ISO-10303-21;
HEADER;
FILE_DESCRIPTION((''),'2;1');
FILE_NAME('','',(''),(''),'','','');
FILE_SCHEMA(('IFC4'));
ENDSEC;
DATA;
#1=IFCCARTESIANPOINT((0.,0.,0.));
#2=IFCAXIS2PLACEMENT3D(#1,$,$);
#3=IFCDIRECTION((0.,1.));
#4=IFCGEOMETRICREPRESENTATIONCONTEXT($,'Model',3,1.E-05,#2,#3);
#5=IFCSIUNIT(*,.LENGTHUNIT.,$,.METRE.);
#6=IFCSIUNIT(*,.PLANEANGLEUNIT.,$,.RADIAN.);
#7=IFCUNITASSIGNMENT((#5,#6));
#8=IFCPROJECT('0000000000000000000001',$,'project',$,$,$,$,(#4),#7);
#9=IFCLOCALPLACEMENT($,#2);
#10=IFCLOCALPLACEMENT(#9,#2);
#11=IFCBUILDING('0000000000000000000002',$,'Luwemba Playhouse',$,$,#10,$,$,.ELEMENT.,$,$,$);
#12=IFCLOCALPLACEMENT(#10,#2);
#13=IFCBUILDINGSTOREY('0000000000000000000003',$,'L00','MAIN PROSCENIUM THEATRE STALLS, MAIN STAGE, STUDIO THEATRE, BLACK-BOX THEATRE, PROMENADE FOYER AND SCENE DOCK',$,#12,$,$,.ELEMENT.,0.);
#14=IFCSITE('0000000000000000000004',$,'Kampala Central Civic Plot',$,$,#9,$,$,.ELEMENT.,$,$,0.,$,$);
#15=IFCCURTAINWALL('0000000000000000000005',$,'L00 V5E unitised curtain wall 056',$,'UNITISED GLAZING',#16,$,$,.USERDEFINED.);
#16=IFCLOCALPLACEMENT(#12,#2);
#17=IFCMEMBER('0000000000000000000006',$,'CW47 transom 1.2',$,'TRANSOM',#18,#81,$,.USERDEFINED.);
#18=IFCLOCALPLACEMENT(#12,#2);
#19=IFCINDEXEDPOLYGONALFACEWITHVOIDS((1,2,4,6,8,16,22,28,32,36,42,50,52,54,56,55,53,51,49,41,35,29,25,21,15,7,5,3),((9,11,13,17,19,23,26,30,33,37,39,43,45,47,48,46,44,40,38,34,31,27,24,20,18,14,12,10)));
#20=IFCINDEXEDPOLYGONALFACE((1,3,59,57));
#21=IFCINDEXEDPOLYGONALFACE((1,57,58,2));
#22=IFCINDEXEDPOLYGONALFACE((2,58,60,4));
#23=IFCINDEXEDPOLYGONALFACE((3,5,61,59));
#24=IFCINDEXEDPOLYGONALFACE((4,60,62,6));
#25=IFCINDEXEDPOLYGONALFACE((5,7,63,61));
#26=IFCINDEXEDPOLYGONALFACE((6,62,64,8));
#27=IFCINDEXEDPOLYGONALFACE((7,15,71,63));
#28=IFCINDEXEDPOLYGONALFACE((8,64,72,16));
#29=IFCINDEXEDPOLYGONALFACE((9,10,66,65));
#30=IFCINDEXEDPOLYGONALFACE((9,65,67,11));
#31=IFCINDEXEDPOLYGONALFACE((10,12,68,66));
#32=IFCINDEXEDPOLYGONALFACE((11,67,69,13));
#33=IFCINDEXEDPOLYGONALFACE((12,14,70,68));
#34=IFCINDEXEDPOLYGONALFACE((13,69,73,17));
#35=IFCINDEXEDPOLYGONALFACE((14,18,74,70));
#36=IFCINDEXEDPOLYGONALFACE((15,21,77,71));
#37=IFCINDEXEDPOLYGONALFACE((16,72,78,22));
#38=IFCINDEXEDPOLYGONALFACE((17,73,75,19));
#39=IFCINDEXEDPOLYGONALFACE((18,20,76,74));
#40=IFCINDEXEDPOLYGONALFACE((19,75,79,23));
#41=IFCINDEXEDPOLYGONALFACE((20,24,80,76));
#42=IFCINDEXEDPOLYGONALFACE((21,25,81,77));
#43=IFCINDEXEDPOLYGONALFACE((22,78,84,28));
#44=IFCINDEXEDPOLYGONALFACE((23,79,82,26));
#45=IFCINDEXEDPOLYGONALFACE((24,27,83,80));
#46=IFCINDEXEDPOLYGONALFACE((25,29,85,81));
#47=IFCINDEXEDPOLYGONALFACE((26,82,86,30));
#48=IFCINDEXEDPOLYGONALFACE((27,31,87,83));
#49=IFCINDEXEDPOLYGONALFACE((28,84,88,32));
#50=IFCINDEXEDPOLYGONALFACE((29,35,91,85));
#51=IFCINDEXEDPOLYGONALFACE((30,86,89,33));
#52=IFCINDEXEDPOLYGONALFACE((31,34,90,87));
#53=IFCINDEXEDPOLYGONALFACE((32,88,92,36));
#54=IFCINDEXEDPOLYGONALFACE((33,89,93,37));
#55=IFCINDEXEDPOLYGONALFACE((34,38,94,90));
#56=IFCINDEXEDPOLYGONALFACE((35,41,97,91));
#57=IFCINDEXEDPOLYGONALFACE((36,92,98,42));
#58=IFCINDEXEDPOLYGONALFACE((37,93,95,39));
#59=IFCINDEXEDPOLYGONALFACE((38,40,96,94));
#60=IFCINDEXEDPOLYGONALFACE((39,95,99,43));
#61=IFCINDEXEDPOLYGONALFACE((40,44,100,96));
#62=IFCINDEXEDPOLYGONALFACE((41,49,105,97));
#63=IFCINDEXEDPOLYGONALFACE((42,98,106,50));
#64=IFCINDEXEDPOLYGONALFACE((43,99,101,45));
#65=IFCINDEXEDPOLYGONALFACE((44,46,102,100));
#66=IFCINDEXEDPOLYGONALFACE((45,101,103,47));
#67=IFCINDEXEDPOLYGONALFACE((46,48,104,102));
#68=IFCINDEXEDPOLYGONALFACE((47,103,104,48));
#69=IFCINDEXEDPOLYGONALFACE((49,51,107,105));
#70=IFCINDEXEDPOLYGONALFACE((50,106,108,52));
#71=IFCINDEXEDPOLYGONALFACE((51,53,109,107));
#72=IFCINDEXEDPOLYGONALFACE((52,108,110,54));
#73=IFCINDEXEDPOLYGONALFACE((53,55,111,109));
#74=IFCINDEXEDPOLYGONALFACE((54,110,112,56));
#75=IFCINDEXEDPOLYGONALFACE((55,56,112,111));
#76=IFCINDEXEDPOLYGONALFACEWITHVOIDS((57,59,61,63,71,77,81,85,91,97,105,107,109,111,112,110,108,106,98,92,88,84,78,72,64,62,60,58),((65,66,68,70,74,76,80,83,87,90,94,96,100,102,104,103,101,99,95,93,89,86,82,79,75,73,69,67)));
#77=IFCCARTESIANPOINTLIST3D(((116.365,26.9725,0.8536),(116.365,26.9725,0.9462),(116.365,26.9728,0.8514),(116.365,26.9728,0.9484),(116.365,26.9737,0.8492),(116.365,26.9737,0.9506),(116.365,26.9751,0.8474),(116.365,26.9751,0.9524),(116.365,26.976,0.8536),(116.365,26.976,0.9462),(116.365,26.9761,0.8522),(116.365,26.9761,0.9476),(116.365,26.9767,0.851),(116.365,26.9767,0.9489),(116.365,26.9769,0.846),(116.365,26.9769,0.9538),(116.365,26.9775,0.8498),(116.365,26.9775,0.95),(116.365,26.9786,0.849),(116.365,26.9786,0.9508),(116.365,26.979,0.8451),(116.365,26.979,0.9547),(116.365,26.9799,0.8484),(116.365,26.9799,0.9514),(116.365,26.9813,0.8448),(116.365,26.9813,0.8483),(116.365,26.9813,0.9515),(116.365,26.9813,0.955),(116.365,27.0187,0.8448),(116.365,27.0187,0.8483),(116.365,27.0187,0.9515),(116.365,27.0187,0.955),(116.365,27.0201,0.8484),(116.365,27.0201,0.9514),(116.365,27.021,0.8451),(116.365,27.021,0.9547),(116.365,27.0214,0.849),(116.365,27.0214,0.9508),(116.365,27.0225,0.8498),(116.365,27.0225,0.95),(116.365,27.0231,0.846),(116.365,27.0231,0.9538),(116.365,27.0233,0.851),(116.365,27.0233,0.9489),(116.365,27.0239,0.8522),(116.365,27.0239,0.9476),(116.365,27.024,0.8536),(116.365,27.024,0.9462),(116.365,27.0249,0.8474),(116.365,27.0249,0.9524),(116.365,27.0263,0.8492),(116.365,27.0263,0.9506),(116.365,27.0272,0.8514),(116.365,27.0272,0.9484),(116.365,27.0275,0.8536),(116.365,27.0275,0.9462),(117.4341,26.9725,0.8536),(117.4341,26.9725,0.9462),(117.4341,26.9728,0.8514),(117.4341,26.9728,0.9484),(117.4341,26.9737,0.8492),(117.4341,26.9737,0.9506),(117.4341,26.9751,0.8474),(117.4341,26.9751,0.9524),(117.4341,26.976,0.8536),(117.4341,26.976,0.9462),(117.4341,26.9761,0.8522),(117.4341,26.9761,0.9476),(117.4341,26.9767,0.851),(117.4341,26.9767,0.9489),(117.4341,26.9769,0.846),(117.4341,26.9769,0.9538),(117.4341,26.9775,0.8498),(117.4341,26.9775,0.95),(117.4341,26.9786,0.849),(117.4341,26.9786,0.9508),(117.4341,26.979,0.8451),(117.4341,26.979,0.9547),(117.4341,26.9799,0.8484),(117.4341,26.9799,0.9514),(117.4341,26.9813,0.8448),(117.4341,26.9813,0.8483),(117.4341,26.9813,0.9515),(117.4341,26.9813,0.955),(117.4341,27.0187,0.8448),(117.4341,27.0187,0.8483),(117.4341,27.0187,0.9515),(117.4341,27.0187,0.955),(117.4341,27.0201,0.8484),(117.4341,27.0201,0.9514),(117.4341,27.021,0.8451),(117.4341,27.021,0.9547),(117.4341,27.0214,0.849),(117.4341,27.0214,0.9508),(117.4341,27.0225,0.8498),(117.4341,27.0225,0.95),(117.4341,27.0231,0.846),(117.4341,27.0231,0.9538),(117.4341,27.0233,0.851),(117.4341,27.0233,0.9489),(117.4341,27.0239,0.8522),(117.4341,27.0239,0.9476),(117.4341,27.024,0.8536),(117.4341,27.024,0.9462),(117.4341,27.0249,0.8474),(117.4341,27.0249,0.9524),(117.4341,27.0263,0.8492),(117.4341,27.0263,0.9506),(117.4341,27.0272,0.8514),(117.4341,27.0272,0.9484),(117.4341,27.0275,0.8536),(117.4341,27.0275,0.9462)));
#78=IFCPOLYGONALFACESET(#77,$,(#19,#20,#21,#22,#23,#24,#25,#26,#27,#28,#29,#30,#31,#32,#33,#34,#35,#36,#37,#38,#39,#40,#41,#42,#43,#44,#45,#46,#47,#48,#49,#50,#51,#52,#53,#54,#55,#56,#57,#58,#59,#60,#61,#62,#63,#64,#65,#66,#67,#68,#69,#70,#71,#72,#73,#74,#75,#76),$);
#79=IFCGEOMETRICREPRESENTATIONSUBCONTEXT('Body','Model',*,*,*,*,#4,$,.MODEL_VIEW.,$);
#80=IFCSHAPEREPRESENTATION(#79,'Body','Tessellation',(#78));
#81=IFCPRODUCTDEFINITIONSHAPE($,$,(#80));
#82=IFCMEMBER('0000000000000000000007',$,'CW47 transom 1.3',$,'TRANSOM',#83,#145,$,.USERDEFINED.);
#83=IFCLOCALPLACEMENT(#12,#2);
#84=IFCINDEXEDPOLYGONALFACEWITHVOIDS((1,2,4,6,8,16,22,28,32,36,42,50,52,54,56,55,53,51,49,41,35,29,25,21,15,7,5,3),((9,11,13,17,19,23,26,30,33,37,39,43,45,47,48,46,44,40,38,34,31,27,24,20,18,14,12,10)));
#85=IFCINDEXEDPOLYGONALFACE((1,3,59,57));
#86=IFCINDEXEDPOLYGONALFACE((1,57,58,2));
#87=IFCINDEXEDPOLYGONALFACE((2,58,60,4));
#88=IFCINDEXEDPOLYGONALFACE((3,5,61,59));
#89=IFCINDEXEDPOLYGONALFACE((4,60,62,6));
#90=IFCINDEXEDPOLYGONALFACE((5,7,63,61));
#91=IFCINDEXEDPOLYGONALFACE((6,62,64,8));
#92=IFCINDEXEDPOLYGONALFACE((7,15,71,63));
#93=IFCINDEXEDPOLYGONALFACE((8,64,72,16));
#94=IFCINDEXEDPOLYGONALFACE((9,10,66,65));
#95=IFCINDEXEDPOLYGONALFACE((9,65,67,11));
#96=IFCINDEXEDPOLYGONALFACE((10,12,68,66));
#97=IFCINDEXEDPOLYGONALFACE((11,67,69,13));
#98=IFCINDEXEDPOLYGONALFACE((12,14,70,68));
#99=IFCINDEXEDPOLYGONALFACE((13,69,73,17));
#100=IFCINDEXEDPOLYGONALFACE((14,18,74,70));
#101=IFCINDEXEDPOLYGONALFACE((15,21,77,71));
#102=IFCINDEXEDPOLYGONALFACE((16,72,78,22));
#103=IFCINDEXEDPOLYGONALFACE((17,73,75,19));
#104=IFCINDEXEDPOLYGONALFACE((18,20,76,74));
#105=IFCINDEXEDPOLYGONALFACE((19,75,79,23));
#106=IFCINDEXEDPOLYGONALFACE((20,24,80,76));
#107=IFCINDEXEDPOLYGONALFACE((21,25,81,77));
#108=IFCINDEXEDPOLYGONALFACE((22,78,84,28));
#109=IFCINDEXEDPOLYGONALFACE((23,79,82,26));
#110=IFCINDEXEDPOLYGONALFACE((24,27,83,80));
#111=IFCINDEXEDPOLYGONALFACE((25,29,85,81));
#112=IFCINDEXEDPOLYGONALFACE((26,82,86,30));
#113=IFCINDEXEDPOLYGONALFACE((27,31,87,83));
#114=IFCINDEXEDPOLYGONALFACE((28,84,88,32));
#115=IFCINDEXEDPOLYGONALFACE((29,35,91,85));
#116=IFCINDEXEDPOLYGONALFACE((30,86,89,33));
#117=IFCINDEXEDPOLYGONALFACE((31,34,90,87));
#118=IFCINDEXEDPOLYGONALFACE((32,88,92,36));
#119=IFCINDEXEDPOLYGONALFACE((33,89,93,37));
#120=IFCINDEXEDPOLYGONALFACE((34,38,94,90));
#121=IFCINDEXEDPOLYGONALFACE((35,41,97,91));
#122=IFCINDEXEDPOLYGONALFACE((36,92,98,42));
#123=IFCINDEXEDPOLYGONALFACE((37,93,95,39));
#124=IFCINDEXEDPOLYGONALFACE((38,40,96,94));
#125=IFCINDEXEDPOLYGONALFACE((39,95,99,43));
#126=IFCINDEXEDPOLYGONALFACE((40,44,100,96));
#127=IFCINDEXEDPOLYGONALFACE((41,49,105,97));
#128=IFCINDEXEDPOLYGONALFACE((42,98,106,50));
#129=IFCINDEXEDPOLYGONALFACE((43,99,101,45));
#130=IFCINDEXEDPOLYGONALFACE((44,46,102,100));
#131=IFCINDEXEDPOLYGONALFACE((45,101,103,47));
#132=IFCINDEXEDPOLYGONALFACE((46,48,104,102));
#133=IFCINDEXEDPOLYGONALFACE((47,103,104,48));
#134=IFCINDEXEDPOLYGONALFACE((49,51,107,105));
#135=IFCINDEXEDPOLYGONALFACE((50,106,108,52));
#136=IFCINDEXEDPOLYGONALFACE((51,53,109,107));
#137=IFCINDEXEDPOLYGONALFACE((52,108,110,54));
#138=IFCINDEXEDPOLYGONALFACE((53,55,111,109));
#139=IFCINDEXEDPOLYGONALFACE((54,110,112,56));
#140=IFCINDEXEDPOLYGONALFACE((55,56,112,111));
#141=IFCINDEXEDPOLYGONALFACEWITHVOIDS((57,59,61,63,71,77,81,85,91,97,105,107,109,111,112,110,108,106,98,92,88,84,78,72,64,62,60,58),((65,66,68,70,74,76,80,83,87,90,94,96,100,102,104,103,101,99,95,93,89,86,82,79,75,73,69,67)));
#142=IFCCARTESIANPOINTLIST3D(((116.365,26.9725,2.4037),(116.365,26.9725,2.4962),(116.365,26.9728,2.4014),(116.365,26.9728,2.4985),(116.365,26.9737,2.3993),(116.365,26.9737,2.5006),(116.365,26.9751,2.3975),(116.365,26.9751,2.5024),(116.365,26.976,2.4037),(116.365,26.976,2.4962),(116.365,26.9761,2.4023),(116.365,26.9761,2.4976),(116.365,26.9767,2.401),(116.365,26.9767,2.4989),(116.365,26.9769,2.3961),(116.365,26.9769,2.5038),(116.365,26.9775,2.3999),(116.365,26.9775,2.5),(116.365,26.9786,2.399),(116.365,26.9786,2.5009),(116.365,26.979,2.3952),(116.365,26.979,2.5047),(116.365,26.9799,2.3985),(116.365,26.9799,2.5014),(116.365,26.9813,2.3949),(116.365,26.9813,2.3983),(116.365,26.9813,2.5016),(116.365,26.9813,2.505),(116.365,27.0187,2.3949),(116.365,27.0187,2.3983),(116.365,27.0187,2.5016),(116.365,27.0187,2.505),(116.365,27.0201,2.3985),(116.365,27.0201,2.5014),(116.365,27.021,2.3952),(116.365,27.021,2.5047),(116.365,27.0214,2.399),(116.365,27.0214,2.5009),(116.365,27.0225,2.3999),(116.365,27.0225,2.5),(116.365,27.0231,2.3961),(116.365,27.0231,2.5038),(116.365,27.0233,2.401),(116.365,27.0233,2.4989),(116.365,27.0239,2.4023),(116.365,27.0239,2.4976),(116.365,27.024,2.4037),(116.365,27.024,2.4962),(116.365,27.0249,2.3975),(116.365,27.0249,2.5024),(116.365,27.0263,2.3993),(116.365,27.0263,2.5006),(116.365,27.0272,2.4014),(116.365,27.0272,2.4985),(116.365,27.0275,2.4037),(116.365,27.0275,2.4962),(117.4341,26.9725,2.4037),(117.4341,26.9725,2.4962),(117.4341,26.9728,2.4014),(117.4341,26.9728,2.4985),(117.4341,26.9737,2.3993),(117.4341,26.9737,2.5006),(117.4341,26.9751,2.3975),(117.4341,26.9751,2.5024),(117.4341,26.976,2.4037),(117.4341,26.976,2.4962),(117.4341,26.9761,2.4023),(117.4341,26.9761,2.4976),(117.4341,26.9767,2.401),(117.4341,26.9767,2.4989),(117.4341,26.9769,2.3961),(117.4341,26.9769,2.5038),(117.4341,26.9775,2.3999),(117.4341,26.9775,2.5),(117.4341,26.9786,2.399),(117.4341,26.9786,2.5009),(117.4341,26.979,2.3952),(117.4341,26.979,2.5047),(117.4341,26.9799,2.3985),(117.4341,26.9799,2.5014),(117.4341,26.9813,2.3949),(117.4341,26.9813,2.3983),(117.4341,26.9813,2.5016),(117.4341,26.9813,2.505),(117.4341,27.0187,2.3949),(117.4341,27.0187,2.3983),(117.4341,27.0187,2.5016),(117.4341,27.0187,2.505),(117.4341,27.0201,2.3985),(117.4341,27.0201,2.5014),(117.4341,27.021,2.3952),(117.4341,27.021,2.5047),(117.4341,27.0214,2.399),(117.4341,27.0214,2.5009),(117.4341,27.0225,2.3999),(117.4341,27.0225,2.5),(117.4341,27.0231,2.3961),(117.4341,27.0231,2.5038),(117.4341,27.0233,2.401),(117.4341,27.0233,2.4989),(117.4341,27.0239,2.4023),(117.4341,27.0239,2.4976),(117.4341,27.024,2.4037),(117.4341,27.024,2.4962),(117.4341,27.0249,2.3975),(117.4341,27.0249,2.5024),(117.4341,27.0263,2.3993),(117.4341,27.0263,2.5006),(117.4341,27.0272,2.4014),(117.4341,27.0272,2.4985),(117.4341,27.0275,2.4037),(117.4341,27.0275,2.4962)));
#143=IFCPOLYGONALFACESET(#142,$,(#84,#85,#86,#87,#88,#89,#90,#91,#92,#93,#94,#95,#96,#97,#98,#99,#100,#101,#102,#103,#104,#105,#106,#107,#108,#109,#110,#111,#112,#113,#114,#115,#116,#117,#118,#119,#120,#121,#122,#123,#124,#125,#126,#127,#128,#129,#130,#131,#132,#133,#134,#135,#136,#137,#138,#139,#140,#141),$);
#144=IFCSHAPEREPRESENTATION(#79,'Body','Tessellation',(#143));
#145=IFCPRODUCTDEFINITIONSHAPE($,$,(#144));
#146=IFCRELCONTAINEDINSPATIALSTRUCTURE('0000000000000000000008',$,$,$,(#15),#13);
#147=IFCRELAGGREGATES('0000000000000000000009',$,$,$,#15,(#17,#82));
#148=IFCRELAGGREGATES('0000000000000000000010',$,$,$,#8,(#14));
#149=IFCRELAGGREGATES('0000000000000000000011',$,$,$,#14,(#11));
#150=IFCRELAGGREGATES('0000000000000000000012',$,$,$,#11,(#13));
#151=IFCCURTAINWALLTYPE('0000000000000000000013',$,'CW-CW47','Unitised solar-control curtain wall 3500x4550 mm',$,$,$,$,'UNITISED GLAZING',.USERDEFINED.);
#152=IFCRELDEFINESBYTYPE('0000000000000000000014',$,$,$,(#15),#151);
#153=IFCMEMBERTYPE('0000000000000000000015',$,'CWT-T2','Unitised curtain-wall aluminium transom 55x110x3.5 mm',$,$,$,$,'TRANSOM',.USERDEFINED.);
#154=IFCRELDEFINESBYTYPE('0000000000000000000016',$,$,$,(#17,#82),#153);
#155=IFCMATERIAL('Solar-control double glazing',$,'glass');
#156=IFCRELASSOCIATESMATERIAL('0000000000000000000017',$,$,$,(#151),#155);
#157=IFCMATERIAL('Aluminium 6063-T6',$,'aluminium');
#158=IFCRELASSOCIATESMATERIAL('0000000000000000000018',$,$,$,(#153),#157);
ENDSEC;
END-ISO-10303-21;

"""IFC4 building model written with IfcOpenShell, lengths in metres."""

from ifc_helpers import new_model, si_unit, direction, frame, origin, origin_2d, place, context, subcontext, project, spatial, hollow_rectangle, extrude, material, material_profile, profile_set, type_object, element, aggregate, save


model = new_model("IFC4")

# Units and contexts
model_context = context("Model", 3, precision=1e-05, world=origin(), true_north=direction((0.0, 1.0)))
body_context = subcontext(model_context, "Body", "Model", "MODEL_VIEW")
ifc_project = project(units=[si_unit("LENGTHUNIT", "METRE"), si_unit("PLANEANGLEUNIT", "RADIAN")], contexts=[model_context])

# Site, building, storey
site_placement = place(None, origin())
site = spatial("IfcSite", under=ifc_project, at=site_placement, Name="Kampala Central Civic Plot", CompositionType="ELEMENT", RefElevation=0.0)
building_placement = place(site_placement, origin())
building = spatial("IfcBuilding", under=site, at=building_placement, Name="Luwemba Playhouse", CompositionType="ELEMENT")
storey_placement = place(building_placement, origin())
storey = spatial("IfcBuildingStorey", under=building, at=storey_placement, Name="L00", Description="MAIN PROSCENIUM THEATRE STALLS, MAIN STAGE, STUDIO THEATRE, BLACK-BOX THEATRE, PROMENADE FOYER AND SCENE DOCK", CompositionType="ELEMENT", Elevation=0.0)

# Shared definitions
ifc_material_1 = material(Name="Solar-control double glazing", Category="glass")
ifc_material_2 = material(Name="Aluminium 6063-T6", Category="aluminium")

# Curtain wall
curtain_wall_type_1 = type_object("IfcCurtainWallType", Name="CW-CW47", Description="Unitised solar-control curtain wall 3500x4550 mm", ElementType="UNITISED GLAZING", PredefinedType="USERDEFINED", material=ifc_material_1)
curtain_wall_1_placement = place(storey_placement, origin())
curtain_wall_1 = element("IfcCurtainWall", 1, at=curtain_wall_1_placement, inside=storey, type_object=curtain_wall_type_1, Name="L00 V5E unitised curtain wall 056", ObjectType="UNITISED GLAZING", PredefinedType="USERDEFINED")

# Members
ifc_material_profile_1 = material_profile(ifc_material_2, hollow_rectangle(XDim=0.0549, YDim=0.1101, WallThickness=0.0034, InnerFilletRadius=0.0054, OuterFilletRadius=0.0088, at=origin_2d()))
ifc_profile_set_1 = profile_set([ifc_material_profile_1], Name="Aluminium 6063-T6")
member_type_1 = type_object("IfcMemberType", Name="CWT-T2", Description="Unitised curtain-wall aluminium transom 55x110x3.5 mm", ElementType="TRANSOM", PredefinedType="USERDEFINED", material=ifc_profile_set_1)
member_1_placement = place(storey_placement, frame((116.365, 27.0, 0.8999), z_axis=(1.0, 0.0, 0.0), x_axis=(0.0, 1.0, 0.0)))
member_1 = element("IfcMember", 2, at=member_1_placement, type_object=member_type_1, Name="CW47 transom 1.2", ObjectType="TRANSOM", PredefinedType="USERDEFINED", context=body_context, shape_type="SweptSolid", body=[
    extrude(hollow_rectangle(XDim=0.0549, YDim=0.1101, WallThickness=0.0034, InnerFilletRadius=0.0054, OuterFilletRadius=0.0088, at=origin_2d()), origin(), (0.0, 0.0, 1.0), 1.0691),
])
member_2_placement = place(storey_placement, frame((116.365, 27.0, 2.45), z_axis=(1.0, 0.0, 0.0), x_axis=(0.0, 1.0, 0.0)))
member_2 = element("IfcMember", 3, at=member_2_placement, type_object=member_type_1, Name="CW47 transom 1.3", ObjectType="TRANSOM", PredefinedType="USERDEFINED", context=body_context, shape_type="SweptSolid", body=[
    extrude(hollow_rectangle(XDim=0.0549, YDim=0.1101, WallThickness=0.0034, InnerFilletRadius=0.0054, OuterFilletRadius=0.0088, at=origin_2d()), origin(), (0.0, 0.0, 1.0), 1.0691),
])

aggregate(curtain_wall_1, [member_1, member_2])

save(model, "model.ifc")
